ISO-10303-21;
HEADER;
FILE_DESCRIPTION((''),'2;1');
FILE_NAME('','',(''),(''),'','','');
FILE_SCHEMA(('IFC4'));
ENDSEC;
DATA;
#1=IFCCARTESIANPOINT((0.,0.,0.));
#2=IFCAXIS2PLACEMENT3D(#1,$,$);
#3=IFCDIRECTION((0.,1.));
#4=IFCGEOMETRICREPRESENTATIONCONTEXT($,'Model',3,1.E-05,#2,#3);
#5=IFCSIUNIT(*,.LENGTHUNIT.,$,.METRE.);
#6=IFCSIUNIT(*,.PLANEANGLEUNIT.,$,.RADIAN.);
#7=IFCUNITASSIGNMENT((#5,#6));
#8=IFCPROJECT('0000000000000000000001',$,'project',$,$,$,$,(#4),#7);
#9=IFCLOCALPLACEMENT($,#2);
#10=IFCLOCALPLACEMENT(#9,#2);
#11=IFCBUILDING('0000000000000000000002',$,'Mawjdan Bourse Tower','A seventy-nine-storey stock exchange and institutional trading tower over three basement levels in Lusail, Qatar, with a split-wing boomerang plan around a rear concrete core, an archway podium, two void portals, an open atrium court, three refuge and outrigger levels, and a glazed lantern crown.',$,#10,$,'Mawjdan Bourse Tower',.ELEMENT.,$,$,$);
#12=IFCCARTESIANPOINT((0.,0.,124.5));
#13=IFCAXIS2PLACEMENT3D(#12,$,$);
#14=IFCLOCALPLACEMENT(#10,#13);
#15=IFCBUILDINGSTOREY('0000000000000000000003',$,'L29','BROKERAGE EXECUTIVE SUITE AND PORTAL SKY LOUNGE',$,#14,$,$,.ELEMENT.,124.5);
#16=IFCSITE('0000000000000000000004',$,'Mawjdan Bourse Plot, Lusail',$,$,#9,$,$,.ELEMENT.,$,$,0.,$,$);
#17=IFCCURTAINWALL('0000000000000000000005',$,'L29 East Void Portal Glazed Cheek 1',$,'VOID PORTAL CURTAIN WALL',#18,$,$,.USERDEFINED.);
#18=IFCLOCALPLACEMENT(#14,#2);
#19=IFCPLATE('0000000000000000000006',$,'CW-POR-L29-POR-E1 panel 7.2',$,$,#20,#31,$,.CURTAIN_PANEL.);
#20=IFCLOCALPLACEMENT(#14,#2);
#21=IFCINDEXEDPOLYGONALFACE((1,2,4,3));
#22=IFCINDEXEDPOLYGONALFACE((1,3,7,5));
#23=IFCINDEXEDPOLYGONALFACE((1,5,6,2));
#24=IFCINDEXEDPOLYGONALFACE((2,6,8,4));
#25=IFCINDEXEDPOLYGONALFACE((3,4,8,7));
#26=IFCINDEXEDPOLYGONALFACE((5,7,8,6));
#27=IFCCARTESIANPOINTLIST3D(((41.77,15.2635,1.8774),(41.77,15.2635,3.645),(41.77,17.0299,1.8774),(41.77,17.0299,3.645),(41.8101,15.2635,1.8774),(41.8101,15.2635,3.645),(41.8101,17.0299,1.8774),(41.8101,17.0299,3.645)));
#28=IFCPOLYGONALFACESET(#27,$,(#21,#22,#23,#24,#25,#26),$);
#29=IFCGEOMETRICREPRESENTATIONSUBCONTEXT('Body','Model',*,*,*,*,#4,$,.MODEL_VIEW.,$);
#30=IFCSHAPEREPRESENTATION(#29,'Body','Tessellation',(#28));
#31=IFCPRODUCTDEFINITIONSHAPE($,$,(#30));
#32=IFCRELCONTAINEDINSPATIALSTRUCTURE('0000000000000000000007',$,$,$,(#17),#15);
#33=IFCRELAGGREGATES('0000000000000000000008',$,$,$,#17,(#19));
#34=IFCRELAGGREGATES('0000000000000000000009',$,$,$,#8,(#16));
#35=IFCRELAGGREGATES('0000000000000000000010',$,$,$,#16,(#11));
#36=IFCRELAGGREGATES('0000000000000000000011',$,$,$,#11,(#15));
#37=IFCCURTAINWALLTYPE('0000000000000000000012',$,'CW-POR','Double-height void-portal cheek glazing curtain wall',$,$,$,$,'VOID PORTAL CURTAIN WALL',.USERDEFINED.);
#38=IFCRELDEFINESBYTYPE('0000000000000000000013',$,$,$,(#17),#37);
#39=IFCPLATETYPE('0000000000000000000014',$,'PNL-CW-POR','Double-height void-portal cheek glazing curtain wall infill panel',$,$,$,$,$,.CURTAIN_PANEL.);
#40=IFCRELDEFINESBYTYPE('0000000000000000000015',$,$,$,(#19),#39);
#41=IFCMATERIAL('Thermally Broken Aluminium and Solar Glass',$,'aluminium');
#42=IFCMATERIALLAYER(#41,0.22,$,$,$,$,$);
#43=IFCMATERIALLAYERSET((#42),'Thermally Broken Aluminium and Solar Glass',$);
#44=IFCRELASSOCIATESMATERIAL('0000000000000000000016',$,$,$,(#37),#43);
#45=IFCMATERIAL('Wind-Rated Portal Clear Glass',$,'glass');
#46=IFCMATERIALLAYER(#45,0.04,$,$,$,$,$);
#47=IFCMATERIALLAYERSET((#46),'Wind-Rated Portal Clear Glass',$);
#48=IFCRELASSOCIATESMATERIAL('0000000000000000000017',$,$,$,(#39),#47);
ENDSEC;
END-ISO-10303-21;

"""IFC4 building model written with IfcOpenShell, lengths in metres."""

from ifc_helpers import new_model, si_unit, direction, frame, origin, origin_2d, place, context, subcontext, project, spatial, rectangle, extrude, material, layer, layer_set, type_object, element, aggregate, save


model = new_model("IFC4")

# Units and contexts
model_context = context("Model", 3, precision=1e-05, world=origin(), true_north=direction((0.0, 1.0)))
body_context = subcontext(model_context, "Body", "Model", "MODEL_VIEW")
ifc_project = project(units=[si_unit("LENGTHUNIT", "METRE"), si_unit("PLANEANGLEUNIT", "RADIAN")], contexts=[model_context])

# Site, building, storey
site_placement = place(None, origin())
site = spatial("IfcSite", under=ifc_project, at=site_placement, Name="Mawjdan Bourse Plot, Lusail", CompositionType="ELEMENT", RefElevation=0.0)
building_placement = place(site_placement, origin())
building = spatial("IfcBuilding", under=site, at=building_placement, Name="Mawjdan Bourse Tower", Description="A seventy-nine-storey stock exchange and institutional trading tower over three basement levels in Lusail, Qatar, with a split-wing boomerang plan around a rear concrete core, an archway podium, two void portals, an open atrium court, three refuge and outrigger levels, and a glazed lantern crown.", LongName="Mawjdan Bourse Tower", CompositionType="ELEMENT")
storey_placement = place(building_placement, frame((0.0, 0.0, 124.5)))
storey = spatial("IfcBuildingStorey", under=building, at=storey_placement, Name="L29", Description="BROKERAGE EXECUTIVE SUITE AND PORTAL SKY LOUNGE", CompositionType="ELEMENT", Elevation=124.5)

# Curtain wall, plate
ifc_material_1 = material(Name="Thermally Broken Aluminium and Solar Glass", Category="aluminium")
ifc_layer_1 = layer(ifc_material_1, 0.22)
ifc_layer_set_1 = layer_set([ifc_layer_1], Name="Thermally Broken Aluminium and Solar Glass")
curtain_wall_type = type_object("IfcCurtainWallType", Name="CW-POR", Description="Double-height void-portal cheek glazing curtain wall", ElementType="VOID PORTAL CURTAIN WALL", PredefinedType="USERDEFINED", material=ifc_layer_set_1)
curtain_wall_placement = place(storey_placement, origin())
curtain_wall = element("IfcCurtainWall", 1, at=curtain_wall_placement, inside=storey, type_object=curtain_wall_type, Name="L29 East Void Portal Glazed Cheek 1", ObjectType="VOID PORTAL CURTAIN WALL", PredefinedType="USERDEFINED")
ifc_material_2 = material(Name="Wind-Rated Portal Clear Glass", Category="glass")
ifc_layer_2 = layer(ifc_material_2, 0.04)
ifc_layer_set_2 = layer_set([ifc_layer_2], Name="Wind-Rated Portal Clear Glass")
plate_type = type_object("IfcPlateType", Name="PNL-CW-POR", Description="Double-height void-portal cheek glazing curtain wall infill panel", PredefinedType="CURTAIN_PANEL", material=ifc_layer_set_2)
plate_1_placement = place(storey_placement, frame((41.79, 16.1467, 1.8774), z_axis=(0.0, 0.0, 1.0), x_axis=(0.0, 1.0, 0.0)))
plate_1 = element("IfcPlate", 2, at=plate_1_placement, type_object=plate_type, Name="CW-POR-L29-POR-E1 panel 7.2", PredefinedType="CURTAIN_PANEL", context=body_context, shape_type="SweptSolid", body=[
    extrude(rectangle(XDim=1.7664, YDim=0.04, at=origin_2d()), origin(), (0.0, 0.0, 1.0), 1.7676),
])
aggregate(curtain_wall, [plate_1])

save(model, "model.ifc")
